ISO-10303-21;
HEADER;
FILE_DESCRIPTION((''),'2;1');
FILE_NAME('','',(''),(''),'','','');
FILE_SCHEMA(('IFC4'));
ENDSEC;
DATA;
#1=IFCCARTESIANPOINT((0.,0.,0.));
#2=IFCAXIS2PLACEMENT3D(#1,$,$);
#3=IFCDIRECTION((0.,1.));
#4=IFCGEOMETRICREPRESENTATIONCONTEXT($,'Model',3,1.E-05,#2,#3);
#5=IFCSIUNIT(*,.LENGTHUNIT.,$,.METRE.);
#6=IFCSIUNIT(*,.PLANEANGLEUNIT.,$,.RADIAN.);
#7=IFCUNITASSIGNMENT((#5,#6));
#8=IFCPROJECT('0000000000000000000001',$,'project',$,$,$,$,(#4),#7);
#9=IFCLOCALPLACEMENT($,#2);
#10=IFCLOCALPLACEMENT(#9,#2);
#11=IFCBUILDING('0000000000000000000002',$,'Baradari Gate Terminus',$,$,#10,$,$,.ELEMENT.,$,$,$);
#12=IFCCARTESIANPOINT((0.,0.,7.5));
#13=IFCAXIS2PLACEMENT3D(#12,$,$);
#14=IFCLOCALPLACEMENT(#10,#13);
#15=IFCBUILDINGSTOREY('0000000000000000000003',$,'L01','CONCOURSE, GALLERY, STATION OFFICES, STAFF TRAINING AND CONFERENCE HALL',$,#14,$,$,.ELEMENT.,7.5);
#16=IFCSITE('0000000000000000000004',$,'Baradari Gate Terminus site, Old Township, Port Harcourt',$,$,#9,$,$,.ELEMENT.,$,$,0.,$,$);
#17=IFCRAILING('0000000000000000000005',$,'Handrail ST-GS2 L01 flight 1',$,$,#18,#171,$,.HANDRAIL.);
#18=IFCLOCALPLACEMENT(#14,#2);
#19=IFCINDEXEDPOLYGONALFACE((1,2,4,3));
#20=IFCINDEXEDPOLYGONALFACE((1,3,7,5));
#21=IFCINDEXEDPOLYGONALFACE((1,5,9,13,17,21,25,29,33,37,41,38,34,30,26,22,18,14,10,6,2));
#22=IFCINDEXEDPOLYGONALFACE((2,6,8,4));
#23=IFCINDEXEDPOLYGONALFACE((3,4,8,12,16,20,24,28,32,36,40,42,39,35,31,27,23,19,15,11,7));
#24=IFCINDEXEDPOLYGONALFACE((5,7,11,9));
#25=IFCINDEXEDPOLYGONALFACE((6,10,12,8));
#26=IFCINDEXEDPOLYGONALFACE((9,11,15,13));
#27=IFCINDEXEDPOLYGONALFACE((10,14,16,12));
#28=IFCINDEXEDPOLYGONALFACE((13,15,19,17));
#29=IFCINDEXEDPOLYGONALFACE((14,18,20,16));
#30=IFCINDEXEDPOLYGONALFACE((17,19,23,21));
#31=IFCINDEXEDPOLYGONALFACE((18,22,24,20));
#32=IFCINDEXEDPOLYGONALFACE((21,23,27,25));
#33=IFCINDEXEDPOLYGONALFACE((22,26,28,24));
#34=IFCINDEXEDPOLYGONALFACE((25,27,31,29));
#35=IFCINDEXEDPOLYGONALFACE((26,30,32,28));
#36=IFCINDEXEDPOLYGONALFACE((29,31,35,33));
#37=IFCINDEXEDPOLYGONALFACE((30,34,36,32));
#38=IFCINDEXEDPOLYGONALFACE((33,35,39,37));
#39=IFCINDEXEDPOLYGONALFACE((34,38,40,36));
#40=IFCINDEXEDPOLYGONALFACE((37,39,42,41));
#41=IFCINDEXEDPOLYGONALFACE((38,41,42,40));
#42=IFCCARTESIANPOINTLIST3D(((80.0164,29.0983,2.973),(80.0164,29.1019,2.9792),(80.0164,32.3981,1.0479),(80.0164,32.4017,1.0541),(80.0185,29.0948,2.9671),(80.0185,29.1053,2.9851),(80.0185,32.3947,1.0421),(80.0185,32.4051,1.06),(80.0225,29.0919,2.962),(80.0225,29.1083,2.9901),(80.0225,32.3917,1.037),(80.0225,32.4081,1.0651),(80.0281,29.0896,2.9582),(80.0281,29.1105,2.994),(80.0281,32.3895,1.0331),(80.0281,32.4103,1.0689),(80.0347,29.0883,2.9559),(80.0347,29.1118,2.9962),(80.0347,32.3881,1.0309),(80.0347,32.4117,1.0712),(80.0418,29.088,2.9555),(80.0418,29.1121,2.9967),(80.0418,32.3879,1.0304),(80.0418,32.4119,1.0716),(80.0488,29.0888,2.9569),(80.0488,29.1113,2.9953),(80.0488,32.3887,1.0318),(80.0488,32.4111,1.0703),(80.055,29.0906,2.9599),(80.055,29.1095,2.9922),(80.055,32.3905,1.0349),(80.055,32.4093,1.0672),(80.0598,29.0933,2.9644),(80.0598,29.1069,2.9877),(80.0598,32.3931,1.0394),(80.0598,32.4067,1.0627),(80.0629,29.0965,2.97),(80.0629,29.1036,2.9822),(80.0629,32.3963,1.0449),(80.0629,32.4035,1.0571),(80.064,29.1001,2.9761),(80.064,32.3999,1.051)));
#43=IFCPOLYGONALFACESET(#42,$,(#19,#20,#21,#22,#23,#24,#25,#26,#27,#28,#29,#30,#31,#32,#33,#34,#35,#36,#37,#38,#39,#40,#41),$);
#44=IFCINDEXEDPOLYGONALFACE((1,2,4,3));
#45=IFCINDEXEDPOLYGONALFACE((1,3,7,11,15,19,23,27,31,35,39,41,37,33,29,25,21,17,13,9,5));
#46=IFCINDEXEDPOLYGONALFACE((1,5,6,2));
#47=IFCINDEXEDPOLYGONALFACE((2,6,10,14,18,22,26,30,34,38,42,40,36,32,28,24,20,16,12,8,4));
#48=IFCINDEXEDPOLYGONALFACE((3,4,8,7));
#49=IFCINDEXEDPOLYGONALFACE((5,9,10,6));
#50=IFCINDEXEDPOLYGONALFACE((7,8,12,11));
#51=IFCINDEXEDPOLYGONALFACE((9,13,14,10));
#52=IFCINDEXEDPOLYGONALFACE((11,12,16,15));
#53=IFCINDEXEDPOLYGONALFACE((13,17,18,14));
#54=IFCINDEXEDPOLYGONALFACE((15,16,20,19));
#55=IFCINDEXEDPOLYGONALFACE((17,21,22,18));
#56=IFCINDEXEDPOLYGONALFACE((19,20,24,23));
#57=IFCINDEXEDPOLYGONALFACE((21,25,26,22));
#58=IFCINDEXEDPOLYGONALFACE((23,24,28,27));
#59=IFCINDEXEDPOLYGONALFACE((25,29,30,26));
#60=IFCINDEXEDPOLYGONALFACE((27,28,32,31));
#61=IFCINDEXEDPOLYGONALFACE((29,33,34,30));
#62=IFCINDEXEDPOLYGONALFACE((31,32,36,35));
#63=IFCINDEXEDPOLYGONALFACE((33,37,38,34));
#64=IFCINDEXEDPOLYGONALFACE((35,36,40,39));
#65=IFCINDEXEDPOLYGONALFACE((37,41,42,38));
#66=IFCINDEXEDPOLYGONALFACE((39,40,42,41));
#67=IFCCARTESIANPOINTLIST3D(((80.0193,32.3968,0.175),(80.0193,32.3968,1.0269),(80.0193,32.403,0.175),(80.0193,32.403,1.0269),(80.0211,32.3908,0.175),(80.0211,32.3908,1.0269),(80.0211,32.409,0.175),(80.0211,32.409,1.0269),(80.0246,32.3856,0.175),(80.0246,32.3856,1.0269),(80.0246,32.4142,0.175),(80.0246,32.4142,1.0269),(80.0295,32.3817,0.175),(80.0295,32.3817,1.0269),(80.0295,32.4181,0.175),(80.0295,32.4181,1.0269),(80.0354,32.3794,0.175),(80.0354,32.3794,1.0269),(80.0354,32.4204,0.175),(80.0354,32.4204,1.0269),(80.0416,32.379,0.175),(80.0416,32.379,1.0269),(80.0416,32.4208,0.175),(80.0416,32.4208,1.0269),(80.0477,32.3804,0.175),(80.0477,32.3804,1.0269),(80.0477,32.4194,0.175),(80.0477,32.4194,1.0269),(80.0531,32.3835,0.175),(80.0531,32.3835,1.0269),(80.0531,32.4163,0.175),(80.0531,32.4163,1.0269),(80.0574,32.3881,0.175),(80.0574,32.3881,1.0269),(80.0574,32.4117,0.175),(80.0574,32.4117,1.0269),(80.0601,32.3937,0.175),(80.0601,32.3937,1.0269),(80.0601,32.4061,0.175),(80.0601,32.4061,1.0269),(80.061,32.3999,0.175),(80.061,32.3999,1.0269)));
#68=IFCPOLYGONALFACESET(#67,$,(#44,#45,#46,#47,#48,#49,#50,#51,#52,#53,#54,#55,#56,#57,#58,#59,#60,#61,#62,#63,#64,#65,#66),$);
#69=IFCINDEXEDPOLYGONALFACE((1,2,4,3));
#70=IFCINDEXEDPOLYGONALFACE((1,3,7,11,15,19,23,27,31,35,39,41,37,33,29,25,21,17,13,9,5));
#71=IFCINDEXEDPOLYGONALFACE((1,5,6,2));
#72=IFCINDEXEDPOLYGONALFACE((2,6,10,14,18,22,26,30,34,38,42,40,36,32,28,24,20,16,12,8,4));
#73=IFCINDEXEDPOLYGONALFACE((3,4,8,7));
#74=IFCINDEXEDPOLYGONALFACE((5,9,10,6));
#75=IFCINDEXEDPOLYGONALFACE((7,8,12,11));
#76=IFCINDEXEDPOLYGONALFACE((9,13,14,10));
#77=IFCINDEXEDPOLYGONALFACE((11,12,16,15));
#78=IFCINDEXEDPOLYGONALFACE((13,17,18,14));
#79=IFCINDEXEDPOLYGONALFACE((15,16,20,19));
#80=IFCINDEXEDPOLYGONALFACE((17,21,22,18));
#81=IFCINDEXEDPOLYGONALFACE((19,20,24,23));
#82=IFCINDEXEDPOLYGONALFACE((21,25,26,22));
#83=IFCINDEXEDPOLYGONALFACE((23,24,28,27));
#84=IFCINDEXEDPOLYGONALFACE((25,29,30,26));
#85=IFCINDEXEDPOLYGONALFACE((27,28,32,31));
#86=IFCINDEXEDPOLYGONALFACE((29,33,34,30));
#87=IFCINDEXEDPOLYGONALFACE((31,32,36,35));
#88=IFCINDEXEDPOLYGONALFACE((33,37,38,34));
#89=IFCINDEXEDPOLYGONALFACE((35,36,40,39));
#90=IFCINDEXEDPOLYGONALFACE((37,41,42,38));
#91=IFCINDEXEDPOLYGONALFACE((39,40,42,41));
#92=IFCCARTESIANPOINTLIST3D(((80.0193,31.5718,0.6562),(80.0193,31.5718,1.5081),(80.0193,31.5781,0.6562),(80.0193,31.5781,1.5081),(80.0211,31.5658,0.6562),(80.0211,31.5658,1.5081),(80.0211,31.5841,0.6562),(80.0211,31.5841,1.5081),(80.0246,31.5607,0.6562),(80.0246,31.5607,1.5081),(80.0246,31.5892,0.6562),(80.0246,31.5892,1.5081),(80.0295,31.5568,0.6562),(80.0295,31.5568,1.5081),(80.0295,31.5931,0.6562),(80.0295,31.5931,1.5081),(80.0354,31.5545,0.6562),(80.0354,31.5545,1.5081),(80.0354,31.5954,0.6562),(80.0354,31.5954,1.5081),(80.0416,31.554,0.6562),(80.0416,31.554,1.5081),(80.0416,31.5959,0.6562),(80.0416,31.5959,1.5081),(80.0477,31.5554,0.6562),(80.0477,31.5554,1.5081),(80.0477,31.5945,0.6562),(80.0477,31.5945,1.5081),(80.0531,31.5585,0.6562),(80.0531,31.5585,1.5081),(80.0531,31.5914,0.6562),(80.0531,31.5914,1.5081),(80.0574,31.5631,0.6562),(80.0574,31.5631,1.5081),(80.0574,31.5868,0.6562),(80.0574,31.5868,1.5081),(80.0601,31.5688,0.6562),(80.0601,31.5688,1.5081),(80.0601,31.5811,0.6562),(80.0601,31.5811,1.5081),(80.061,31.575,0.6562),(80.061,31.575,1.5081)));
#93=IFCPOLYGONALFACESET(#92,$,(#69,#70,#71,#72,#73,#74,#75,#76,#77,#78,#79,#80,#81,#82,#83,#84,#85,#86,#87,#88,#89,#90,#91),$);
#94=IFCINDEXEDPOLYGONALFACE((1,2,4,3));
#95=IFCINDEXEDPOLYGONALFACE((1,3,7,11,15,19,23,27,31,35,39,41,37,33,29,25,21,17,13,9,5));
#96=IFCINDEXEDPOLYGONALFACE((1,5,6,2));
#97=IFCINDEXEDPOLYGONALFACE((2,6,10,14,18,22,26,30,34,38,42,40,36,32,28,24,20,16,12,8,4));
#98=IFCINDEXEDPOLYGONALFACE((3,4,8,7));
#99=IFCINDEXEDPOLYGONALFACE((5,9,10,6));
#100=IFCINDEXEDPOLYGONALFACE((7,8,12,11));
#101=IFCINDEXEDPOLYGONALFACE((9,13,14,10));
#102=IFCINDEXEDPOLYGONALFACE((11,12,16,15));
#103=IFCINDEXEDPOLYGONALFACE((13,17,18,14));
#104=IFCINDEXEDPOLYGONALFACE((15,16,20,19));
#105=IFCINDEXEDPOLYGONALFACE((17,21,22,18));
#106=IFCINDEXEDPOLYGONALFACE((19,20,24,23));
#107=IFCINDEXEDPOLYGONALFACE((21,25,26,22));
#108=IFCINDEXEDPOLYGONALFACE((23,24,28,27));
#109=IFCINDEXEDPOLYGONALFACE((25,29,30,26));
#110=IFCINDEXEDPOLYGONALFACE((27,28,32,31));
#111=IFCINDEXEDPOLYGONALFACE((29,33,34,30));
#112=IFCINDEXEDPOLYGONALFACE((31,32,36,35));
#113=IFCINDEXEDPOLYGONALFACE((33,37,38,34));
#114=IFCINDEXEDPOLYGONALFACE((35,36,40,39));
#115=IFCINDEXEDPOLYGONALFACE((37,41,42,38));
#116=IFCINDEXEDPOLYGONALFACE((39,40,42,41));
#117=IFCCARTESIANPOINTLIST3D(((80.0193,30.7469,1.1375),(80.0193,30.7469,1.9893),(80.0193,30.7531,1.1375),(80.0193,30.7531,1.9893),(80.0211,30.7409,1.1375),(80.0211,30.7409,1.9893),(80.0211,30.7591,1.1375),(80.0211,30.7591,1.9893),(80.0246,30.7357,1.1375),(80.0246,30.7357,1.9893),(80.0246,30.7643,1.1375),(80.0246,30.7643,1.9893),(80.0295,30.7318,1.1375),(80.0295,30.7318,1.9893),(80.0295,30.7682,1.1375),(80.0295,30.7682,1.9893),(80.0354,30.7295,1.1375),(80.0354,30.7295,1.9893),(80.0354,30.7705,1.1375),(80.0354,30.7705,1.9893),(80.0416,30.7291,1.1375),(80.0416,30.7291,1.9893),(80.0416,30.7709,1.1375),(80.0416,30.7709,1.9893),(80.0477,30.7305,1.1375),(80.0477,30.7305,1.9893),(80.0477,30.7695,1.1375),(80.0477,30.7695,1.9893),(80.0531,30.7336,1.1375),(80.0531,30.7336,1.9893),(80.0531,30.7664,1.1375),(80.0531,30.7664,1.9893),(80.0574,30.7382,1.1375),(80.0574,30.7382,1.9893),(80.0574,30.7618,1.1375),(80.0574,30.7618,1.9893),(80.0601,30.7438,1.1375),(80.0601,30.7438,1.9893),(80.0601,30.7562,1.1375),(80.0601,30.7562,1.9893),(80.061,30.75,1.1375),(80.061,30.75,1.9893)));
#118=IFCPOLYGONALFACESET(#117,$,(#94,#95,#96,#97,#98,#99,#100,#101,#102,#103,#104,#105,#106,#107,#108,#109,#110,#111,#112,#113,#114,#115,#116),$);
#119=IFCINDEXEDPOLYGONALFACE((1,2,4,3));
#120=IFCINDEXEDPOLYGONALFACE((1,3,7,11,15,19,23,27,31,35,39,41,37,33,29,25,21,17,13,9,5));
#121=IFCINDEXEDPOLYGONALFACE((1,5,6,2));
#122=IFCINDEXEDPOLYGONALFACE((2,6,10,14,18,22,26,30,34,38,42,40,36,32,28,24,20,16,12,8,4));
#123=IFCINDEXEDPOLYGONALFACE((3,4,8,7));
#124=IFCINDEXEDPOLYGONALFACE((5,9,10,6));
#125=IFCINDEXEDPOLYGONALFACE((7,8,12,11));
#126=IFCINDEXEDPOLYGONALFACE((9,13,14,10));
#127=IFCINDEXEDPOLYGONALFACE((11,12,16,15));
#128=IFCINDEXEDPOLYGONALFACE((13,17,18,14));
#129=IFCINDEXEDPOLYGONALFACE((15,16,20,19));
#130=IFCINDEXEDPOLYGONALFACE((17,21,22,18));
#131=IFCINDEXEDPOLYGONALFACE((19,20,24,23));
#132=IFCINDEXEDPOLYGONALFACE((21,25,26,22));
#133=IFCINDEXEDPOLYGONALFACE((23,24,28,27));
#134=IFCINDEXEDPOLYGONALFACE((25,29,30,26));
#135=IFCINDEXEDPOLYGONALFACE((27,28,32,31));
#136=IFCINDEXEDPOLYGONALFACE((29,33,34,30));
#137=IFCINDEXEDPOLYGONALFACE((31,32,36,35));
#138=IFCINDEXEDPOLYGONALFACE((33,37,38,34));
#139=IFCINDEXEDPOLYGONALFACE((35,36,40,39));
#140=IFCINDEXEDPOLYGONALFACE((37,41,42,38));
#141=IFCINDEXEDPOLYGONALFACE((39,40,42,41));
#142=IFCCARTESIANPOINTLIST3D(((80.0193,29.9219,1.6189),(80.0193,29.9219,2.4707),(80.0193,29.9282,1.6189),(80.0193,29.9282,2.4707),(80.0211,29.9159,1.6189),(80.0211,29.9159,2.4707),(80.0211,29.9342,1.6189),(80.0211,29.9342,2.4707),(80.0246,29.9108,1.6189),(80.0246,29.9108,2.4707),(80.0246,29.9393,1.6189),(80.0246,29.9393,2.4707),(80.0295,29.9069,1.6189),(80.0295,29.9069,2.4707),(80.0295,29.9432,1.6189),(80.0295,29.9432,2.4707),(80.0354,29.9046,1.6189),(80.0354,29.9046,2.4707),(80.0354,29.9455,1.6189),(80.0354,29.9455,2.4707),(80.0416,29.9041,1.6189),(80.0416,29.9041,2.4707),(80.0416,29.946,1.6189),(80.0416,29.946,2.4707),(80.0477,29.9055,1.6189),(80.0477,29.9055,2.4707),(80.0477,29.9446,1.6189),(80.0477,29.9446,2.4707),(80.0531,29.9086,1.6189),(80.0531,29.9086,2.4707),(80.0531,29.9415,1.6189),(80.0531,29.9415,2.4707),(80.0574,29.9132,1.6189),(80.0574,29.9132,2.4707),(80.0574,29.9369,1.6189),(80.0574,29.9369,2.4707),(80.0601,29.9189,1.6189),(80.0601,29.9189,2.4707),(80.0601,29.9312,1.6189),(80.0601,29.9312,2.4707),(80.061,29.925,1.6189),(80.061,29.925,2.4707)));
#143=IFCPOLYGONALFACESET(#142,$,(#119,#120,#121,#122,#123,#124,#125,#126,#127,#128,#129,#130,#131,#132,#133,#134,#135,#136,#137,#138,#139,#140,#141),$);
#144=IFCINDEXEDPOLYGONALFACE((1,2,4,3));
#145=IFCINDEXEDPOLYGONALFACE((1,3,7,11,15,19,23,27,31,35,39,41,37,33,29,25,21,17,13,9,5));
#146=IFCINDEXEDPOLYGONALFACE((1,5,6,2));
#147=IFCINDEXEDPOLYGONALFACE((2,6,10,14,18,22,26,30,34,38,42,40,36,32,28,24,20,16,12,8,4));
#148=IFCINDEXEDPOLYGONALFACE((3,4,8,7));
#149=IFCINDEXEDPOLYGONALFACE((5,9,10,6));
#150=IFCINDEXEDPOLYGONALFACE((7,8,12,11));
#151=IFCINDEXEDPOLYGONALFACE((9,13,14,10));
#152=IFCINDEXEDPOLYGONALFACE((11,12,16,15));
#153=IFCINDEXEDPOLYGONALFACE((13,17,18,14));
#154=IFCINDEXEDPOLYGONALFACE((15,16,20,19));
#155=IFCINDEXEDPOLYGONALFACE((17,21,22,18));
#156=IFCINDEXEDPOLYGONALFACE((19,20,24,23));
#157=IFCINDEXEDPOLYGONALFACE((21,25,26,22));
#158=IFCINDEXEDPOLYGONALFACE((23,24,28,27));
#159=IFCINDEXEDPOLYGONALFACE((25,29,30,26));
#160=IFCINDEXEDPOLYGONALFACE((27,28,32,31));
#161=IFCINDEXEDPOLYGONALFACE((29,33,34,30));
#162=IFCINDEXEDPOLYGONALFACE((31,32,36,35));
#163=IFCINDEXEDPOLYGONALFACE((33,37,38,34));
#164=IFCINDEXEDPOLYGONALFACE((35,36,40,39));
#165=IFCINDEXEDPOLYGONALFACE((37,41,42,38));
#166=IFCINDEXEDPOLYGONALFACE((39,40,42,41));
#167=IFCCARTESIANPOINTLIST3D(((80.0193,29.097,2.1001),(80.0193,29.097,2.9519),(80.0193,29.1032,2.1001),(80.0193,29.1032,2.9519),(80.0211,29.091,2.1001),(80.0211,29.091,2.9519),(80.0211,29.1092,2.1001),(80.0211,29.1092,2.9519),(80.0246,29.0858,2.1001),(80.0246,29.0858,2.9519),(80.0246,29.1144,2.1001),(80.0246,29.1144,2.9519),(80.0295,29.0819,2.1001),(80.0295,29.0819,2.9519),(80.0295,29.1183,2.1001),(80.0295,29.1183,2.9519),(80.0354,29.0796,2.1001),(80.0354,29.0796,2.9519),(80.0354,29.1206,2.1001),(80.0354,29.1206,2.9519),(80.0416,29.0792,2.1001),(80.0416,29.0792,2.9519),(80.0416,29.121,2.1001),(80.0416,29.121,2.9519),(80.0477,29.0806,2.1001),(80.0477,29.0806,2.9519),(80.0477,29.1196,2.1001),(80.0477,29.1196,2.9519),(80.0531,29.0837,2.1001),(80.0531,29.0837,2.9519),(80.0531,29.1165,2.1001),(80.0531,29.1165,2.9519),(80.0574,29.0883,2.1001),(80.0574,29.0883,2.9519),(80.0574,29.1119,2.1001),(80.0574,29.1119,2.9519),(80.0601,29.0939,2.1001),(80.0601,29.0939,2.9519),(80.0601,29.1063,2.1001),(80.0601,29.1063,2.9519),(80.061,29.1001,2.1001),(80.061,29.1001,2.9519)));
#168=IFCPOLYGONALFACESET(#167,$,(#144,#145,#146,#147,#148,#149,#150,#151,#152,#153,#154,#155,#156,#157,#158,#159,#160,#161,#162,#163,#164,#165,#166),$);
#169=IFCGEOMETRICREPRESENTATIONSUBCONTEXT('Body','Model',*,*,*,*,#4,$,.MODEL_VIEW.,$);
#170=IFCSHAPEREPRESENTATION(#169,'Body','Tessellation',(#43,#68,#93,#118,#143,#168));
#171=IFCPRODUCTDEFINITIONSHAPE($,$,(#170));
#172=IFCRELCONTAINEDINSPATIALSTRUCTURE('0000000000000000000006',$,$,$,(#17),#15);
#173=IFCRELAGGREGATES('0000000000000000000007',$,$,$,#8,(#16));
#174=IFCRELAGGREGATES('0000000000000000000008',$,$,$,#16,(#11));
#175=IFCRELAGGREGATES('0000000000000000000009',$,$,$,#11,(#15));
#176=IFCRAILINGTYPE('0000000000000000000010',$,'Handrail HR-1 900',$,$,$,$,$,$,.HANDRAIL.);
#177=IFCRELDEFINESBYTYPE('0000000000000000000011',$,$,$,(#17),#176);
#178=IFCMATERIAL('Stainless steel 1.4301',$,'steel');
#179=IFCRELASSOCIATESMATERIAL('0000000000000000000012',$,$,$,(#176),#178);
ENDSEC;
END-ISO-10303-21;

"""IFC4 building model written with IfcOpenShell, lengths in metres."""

from ifc_helpers import new_model, si_unit, direction, frame, origin, origin_2d, place, context, subcontext, project, spatial, circle, extrude, material, type_object, element, save


model = new_model("IFC4")

# Units and contexts
model_context = context("Model", 3, precision=1e-05, world=origin(), true_north=direction((0.0, 1.0)))
body_context = subcontext(model_context, "Body", "Model", "MODEL_VIEW")
ifc_project = project(units=[si_unit("LENGTHUNIT", "METRE"), si_unit("PLANEANGLEUNIT", "RADIAN")], contexts=[model_context])

# Site, building, storey
site_placement = place(None, origin())
site = spatial("IfcSite", under=ifc_project, at=site_placement, Name="Baradari Gate Terminus site, Old Township, Port Harcourt", CompositionType="ELEMENT", RefElevation=0.0)
building_placement = place(site_placement, origin())
building = spatial("IfcBuilding", under=site, at=building_placement, Name="Baradari Gate Terminus", CompositionType="ELEMENT")
storey_placement = place(building_placement, frame((0.0, 0.0, 7.5)))
storey = spatial("IfcBuildingStorey", under=building, at=storey_placement, Name="L01", Description="CONCOURSE, GALLERY, STATION OFFICES, STAFF TRAINING AND CONFERENCE HALL", CompositionType="ELEMENT", Elevation=7.5)

# Railing
ifc_material_1 = material(Name="Stainless steel 1.4301", Category="steel")
railing_type = type_object("IfcRailingType", Name="Handrail HR-1 900", PredefinedType="HANDRAIL", material=ifc_material_1)
for number, where, name in (
    (1, (80.04, 32.3999, 0.175), "Handrail ST-GS2 L01 flight 1"),
):
    element("IfcRailing", number, at=place(storey_placement, frame(where)), inside=storey, type_object=railing_type, Name=name, PredefinedType="HANDRAIL", context=body_context, shape_type="SweptSolid", body=[
        extrude(circle(Radius=0.0239, at=origin_2d()), frame((0.0, 0.0, 0.876), z_axis=(0.0, -0.86376, 0.503903), x_axis=(1.0, 0.0, 0.0)), (0.0, 0.0, 1.0), 3.8203),
        extrude(circle(Radius=0.021, at=origin_2d()), origin(), (0.0, 0.0, 1.0), 0.8518),
        extrude(circle(Radius=0.021, at=origin_2d()), frame((0.0, -0.825, 0.4812)), (0.0, 0.0, 1.0), 0.8518),
        extrude(circle(Radius=0.021, at=origin_2d()), frame((0.0, -1.6499, 0.9624)), (0.0, 0.0, 1.0), 0.8518),
        extrude(circle(Radius=0.021, at=origin_2d()), frame((0.0, -2.4749, 1.4438)), (0.0, 0.0, 1.0), 0.8518),
        extrude(circle(Radius=0.021, at=origin_2d()), frame((0.0, -3.2998, 1.925)), (0.0, 0.0, 1.0), 0.8518),
    ])

save(model, "model.ifc")
